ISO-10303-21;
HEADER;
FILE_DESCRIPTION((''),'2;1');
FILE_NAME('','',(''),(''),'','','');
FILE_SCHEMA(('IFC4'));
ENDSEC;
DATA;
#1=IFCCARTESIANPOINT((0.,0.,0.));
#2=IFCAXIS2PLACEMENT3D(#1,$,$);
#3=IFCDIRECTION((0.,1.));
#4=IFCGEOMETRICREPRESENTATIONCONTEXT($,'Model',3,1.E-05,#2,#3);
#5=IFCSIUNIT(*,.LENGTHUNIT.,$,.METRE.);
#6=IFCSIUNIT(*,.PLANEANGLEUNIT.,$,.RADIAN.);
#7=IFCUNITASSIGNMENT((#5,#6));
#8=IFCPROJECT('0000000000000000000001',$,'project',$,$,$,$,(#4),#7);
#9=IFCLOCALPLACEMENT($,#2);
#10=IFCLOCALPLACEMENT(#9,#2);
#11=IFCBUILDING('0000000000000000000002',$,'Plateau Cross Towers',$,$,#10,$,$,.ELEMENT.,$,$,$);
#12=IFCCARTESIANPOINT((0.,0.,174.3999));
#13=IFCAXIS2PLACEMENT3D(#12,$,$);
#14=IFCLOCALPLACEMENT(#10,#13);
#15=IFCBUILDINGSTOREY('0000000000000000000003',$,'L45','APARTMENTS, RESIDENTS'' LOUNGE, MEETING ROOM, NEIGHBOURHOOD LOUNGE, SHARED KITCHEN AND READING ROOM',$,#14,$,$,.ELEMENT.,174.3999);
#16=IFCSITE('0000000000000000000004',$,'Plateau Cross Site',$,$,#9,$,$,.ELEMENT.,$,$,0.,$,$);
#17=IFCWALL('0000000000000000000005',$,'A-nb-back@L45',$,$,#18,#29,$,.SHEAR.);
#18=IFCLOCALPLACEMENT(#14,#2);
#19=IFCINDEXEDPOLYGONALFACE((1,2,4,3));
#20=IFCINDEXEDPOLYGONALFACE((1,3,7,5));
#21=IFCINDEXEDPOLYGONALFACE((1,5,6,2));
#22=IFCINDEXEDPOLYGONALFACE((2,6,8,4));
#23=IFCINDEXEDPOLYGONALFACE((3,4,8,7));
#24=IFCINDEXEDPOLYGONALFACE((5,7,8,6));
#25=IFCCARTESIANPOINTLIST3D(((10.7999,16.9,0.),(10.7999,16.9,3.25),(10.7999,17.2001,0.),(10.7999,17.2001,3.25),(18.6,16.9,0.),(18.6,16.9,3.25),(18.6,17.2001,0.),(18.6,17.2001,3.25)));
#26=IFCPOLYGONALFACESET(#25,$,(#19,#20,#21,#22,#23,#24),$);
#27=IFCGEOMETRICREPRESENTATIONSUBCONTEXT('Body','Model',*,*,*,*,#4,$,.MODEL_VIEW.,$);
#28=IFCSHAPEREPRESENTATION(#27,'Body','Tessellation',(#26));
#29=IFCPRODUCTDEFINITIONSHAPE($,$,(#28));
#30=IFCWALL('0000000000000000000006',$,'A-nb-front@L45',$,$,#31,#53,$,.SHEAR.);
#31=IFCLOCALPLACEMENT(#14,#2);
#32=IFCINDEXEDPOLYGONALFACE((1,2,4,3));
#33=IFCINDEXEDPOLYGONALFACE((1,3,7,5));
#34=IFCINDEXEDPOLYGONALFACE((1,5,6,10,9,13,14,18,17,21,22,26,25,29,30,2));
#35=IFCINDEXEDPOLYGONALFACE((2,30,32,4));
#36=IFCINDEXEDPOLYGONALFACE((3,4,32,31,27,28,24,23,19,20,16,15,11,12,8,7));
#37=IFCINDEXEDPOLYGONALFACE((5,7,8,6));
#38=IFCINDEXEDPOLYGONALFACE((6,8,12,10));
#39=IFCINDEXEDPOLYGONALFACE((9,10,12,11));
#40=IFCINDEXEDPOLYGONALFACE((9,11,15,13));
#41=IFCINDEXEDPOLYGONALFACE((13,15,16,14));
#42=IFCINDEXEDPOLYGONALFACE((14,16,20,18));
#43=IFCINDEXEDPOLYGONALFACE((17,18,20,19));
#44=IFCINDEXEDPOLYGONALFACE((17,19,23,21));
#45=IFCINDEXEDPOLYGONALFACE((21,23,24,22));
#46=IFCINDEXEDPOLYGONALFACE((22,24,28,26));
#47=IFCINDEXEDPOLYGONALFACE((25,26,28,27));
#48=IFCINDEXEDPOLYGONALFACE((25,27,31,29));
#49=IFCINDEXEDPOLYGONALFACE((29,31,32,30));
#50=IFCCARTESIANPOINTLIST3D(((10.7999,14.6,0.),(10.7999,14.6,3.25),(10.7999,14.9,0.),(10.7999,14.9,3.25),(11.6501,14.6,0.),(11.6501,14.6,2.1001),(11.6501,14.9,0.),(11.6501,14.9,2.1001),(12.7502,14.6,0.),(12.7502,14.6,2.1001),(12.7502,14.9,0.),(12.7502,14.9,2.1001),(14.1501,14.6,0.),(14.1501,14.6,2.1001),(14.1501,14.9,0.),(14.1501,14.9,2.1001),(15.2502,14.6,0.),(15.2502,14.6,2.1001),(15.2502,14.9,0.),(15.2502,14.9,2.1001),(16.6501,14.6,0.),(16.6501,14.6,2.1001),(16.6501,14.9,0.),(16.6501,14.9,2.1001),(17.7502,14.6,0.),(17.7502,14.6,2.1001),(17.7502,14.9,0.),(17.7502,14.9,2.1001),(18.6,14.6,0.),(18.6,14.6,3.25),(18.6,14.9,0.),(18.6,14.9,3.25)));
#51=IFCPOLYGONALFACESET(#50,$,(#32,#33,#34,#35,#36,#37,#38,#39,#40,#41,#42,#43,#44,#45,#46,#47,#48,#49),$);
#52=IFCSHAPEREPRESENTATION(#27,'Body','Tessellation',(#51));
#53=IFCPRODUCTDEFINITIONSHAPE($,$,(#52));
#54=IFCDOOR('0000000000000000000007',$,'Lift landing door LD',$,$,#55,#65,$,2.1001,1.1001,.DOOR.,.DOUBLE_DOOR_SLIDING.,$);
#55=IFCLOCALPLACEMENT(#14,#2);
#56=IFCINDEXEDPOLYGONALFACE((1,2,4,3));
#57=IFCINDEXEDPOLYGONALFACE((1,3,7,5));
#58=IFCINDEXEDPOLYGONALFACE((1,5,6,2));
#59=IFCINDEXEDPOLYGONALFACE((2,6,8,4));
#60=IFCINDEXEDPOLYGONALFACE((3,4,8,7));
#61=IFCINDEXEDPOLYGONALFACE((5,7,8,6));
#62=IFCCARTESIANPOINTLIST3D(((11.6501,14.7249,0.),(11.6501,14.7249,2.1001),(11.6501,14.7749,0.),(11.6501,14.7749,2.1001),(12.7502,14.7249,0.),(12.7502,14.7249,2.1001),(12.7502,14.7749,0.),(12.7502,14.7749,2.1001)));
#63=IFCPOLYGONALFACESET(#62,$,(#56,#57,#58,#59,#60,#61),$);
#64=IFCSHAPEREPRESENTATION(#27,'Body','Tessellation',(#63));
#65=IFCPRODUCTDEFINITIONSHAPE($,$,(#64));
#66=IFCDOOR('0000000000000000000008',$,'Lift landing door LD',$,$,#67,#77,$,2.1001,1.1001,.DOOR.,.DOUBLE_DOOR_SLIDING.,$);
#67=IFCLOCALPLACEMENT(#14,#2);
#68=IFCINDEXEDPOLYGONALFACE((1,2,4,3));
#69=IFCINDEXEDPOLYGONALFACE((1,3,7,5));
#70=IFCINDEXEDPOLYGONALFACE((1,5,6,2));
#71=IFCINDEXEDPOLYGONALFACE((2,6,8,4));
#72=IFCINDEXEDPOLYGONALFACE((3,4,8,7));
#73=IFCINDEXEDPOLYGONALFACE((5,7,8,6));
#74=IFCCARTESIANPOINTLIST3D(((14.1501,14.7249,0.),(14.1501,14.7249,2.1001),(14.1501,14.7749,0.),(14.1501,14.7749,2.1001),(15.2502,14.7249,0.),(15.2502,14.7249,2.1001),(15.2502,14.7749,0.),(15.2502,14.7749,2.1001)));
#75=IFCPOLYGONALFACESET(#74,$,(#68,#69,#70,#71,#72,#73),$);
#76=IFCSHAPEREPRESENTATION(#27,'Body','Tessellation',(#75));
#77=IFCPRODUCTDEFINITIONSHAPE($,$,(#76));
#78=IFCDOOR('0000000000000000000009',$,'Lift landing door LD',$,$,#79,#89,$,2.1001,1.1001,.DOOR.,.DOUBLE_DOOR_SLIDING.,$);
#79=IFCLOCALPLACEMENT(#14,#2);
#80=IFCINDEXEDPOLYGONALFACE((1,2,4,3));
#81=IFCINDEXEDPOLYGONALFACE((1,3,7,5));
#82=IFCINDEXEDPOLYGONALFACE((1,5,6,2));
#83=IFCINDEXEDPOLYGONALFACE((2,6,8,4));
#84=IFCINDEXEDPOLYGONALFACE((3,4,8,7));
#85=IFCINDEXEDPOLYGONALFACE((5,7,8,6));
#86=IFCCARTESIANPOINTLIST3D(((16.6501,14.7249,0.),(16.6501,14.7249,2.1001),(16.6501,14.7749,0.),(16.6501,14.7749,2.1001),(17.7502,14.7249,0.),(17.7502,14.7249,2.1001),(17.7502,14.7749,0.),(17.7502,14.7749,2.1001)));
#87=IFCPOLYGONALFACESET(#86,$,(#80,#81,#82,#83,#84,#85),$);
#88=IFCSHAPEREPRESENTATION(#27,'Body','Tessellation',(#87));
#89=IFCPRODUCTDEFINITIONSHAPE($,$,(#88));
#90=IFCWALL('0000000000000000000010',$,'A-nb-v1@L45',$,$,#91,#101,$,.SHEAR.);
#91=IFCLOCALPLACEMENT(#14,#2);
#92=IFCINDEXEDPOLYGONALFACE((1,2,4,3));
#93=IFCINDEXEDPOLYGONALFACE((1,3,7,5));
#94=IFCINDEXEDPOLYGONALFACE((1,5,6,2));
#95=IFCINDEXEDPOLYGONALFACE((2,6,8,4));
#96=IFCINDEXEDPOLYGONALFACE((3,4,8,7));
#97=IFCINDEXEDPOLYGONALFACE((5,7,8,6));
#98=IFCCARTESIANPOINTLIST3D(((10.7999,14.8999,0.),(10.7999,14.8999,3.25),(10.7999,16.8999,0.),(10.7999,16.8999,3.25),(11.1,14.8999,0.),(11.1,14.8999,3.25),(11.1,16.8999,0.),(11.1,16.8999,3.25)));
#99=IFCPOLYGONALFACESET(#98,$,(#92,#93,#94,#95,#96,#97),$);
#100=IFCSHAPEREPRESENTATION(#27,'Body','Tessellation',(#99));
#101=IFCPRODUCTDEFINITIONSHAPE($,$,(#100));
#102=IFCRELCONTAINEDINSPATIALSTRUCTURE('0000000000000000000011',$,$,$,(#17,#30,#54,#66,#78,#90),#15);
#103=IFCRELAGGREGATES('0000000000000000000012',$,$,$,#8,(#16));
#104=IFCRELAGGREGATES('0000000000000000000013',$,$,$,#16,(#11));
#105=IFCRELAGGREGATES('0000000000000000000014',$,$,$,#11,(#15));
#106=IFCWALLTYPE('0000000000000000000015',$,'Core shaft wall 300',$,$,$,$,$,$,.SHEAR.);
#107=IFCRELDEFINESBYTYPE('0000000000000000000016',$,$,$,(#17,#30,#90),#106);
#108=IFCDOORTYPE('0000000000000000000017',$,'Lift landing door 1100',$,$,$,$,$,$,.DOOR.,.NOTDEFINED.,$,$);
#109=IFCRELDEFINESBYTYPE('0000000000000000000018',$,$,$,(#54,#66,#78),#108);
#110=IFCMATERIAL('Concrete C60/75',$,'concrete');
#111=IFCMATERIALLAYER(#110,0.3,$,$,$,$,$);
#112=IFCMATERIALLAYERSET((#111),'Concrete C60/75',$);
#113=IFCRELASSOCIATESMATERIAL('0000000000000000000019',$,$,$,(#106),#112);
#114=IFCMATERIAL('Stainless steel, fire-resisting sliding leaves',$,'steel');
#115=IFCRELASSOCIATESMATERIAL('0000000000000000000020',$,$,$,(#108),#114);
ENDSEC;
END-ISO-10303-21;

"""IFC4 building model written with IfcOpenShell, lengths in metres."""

from ifc_helpers import new_model, si_unit, direction, frame, frame_2d, origin, place, context, subcontext, project, spatial, rectangle, extrude, material, layer, layer_set, type_object, element, fill, save


model = new_model("IFC4")

# Units and contexts
model_context = context("Model", 3, precision=1e-05, world=origin(), true_north=direction((0.0, 1.0)))
body_context = subcontext(model_context, "Body", "Model", "MODEL_VIEW")
ifc_project = project(units=[si_unit("LENGTHUNIT", "METRE"), si_unit("PLANEANGLEUNIT", "RADIAN")], contexts=[model_context])

# Site, building, storey
site_placement = place(None, origin())
site = spatial("IfcSite", under=ifc_project, at=site_placement, Name="Plateau Cross Site", CompositionType="ELEMENT", RefElevation=0.0)
building_placement = place(site_placement, origin())
building = spatial("IfcBuilding", under=site, at=building_placement, Name="Plateau Cross Towers", CompositionType="ELEMENT")
storey_placement = place(building_placement, frame((0.0, 0.0, 174.3999)))
storey = spatial("IfcBuildingStorey", under=building, at=storey_placement, Name="L45", Description="APARTMENTS, RESIDENTS' LOUNGE, MEETING ROOM, NEIGHBOURHOOD LOUNGE, SHARED KITCHEN AND READING ROOM", CompositionType="ELEMENT", Elevation=174.3999)

# Wall
ifc_material_1 = material(Name="Concrete C60/75", Category="concrete")
ifc_layer_1 = layer(ifc_material_1, 0.3)
ifc_layer_set_1 = layer_set([ifc_layer_1], Name="Concrete C60/75")
wall_type_1 = type_object("IfcWallType", Name="Core shaft wall 300", PredefinedType="SHEAR", material=ifc_layer_set_1)
wall_1_placement = place(storey_placement, frame((10.8, 17.05, 0.0), z_axis=(0.0, 0.0, 1.0), x_axis=(1.0, 0.0, 0.0)))
element("IfcWall", 1, at=wall_1_placement, inside=storey, type_object=wall_type_1, Name="A-nb-back@L45", PredefinedType="SHEAR", context=body_context, shape_type="SweptSolid", body=[
    extrude(rectangle(XDim=7.8, YDim=0.3, at=frame_2d((3.8999, 0.0))), origin(), (0.0, 0.0, 1.0), 3.25),
])

# Wall, openings, doors
wall_2_placement = place(storey_placement, frame((10.8, 14.75, 0.0), z_axis=(0.0, 0.0, 1.0), x_axis=(1.0, 0.0, 0.0)))
wall_2 = element("IfcWall", 2, at=wall_2_placement, inside=storey, type_object=wall_type_1, Name="A-nb-front@L45", PredefinedType="SHEAR", context=body_context, shape_type="SweptSolid", body=[
    extrude(rectangle(XDim=7.8, YDim=0.3, at=frame_2d((3.8999, 0.0))), origin(), (0.0, 0.0, 1.0), 3.25),
])
opening_1_placement = place(wall_2_placement, frame((0.8501, 0.0, 0.0)))
opening_1 = element("IfcOpeningElement", 3, at=opening_1_placement, cuts=wall_2, PredefinedType="OPENING", context=body_context, shape_type="SweptSolid", body=[
    extrude(rectangle(XDim=1.1001, YDim=2.1001, at=frame_2d((0.55, 1.05))), frame((0.0, 0.1599, 0.0), z_axis=(0.0, -1.0, 0.0), x_axis=(1.0, 0.0, 0.0)), (0.0, 0.0, 1.0), 0.3201),
])
opening_2_placement = place(wall_2_placement, frame((3.3501, 0.0, 0.0)))
opening_2 = element("IfcOpeningElement", 4, at=opening_2_placement, cuts=wall_2, PredefinedType="OPENING", context=body_context, shape_type="SweptSolid", body=[
    extrude(rectangle(XDim=1.1001, YDim=2.1001, at=frame_2d((0.55, 1.05))), frame((0.0, 0.1599, 0.0), z_axis=(0.0, -1.0, 0.0), x_axis=(1.0, 0.0, 0.0)), (0.0, 0.0, 1.0), 0.3201),
])
opening_3_placement = place(wall_2_placement, frame((5.8501, 0.0, 0.0)))
opening_3 = element("IfcOpeningElement", 5, at=opening_3_placement, cuts=wall_2, PredefinedType="OPENING", context=body_context, shape_type="SweptSolid", body=[
    extrude(rectangle(XDim=1.1001, YDim=2.1001, at=frame_2d((0.55, 1.05))), frame((0.0, 0.1599, 0.0), z_axis=(0.0, -1.0, 0.0), x_axis=(1.0, 0.0, 0.0)), (0.0, 0.0, 1.0), 0.3201),
])
ifc_material_2 = material(Name="Stainless steel, fire-resisting sliding leaves", Category="steel")
door_type_1 = type_object("IfcDoorType", Name="Lift landing door 1100", OperationType="NOTDEFINED", PredefinedType="DOOR", material=ifc_material_2)
door_1_placement = place(opening_1_placement, origin())
door_1 = element("IfcDoor", 6, at=door_1_placement, inside=storey, type_object=door_type_1, Name="Lift landing door LD", OperationType="DOUBLE_DOOR_SLIDING", OverallHeight=2.1001, OverallWidth=1.1001, PredefinedType="DOOR", context=body_context, shape_type="SweptSolid", body=[
    extrude(rectangle(XDim=1.1001, YDim=2.1001, at=frame_2d((0.55, 1.05))), frame((0.0, 0.0249, 0.0), z_axis=(0.0, -1.0, 0.0), x_axis=(1.0, 0.0, 0.0)), (0.0, 0.0, 1.0), 0.05),
])
fill(opening_1, door_1)
door_2_placement = place(opening_2_placement, origin())
door_2 = element("IfcDoor", 7, at=door_2_placement, inside=storey, type_object=door_type_1, Name="Lift landing door LD", OperationType="DOUBLE_DOOR_SLIDING", OverallHeight=2.1001, OverallWidth=1.1001, PredefinedType="DOOR", context=body_context, shape_type="SweptSolid", body=[
    extrude(rectangle(XDim=1.1001, YDim=2.1001, at=frame_2d((0.55, 1.05))), frame((0.0, 0.0249, 0.0), z_axis=(0.0, -1.0, 0.0), x_axis=(1.0, 0.0, 0.0)), (0.0, 0.0, 1.0), 0.05),
])
fill(opening_2, door_2)
door_3_placement = place(opening_3_placement, origin())
door_3 = element("IfcDoor", 8, at=door_3_placement, inside=storey, type_object=door_type_1, Name="Lift landing door LD", OperationType="DOUBLE_DOOR_SLIDING", OverallHeight=2.1001, OverallWidth=1.1001, PredefinedType="DOOR", context=body_context, shape_type="SweptSolid", body=[
    extrude(rectangle(XDim=1.1001, YDim=2.1001, at=frame_2d((0.55, 1.05))), frame((0.0, 0.0249, 0.0), z_axis=(0.0, -1.0, 0.0), x_axis=(1.0, 0.0, 0.0)), (0.0, 0.0, 1.0), 0.05),
])
fill(opening_3, door_3)

# Wall
wall_3_placement = place(storey_placement, frame((10.95, 14.8999, 0.0), z_axis=(0.0, 0.0, 1.0), x_axis=(0.0, 1.0, 0.0)))
element("IfcWall", 9, at=wall_3_placement, inside=storey, type_object=wall_type_1, Name="A-nb-v1@L45", PredefinedType="SHEAR", context=body_context, shape_type="SweptSolid", body=[
    extrude(rectangle(XDim=2.0, YDim=0.3, at=frame_2d((1.0, 0.0))), origin(), (0.0, 0.0, 1.0), 3.25),
])

save(model, "model.ifc")
